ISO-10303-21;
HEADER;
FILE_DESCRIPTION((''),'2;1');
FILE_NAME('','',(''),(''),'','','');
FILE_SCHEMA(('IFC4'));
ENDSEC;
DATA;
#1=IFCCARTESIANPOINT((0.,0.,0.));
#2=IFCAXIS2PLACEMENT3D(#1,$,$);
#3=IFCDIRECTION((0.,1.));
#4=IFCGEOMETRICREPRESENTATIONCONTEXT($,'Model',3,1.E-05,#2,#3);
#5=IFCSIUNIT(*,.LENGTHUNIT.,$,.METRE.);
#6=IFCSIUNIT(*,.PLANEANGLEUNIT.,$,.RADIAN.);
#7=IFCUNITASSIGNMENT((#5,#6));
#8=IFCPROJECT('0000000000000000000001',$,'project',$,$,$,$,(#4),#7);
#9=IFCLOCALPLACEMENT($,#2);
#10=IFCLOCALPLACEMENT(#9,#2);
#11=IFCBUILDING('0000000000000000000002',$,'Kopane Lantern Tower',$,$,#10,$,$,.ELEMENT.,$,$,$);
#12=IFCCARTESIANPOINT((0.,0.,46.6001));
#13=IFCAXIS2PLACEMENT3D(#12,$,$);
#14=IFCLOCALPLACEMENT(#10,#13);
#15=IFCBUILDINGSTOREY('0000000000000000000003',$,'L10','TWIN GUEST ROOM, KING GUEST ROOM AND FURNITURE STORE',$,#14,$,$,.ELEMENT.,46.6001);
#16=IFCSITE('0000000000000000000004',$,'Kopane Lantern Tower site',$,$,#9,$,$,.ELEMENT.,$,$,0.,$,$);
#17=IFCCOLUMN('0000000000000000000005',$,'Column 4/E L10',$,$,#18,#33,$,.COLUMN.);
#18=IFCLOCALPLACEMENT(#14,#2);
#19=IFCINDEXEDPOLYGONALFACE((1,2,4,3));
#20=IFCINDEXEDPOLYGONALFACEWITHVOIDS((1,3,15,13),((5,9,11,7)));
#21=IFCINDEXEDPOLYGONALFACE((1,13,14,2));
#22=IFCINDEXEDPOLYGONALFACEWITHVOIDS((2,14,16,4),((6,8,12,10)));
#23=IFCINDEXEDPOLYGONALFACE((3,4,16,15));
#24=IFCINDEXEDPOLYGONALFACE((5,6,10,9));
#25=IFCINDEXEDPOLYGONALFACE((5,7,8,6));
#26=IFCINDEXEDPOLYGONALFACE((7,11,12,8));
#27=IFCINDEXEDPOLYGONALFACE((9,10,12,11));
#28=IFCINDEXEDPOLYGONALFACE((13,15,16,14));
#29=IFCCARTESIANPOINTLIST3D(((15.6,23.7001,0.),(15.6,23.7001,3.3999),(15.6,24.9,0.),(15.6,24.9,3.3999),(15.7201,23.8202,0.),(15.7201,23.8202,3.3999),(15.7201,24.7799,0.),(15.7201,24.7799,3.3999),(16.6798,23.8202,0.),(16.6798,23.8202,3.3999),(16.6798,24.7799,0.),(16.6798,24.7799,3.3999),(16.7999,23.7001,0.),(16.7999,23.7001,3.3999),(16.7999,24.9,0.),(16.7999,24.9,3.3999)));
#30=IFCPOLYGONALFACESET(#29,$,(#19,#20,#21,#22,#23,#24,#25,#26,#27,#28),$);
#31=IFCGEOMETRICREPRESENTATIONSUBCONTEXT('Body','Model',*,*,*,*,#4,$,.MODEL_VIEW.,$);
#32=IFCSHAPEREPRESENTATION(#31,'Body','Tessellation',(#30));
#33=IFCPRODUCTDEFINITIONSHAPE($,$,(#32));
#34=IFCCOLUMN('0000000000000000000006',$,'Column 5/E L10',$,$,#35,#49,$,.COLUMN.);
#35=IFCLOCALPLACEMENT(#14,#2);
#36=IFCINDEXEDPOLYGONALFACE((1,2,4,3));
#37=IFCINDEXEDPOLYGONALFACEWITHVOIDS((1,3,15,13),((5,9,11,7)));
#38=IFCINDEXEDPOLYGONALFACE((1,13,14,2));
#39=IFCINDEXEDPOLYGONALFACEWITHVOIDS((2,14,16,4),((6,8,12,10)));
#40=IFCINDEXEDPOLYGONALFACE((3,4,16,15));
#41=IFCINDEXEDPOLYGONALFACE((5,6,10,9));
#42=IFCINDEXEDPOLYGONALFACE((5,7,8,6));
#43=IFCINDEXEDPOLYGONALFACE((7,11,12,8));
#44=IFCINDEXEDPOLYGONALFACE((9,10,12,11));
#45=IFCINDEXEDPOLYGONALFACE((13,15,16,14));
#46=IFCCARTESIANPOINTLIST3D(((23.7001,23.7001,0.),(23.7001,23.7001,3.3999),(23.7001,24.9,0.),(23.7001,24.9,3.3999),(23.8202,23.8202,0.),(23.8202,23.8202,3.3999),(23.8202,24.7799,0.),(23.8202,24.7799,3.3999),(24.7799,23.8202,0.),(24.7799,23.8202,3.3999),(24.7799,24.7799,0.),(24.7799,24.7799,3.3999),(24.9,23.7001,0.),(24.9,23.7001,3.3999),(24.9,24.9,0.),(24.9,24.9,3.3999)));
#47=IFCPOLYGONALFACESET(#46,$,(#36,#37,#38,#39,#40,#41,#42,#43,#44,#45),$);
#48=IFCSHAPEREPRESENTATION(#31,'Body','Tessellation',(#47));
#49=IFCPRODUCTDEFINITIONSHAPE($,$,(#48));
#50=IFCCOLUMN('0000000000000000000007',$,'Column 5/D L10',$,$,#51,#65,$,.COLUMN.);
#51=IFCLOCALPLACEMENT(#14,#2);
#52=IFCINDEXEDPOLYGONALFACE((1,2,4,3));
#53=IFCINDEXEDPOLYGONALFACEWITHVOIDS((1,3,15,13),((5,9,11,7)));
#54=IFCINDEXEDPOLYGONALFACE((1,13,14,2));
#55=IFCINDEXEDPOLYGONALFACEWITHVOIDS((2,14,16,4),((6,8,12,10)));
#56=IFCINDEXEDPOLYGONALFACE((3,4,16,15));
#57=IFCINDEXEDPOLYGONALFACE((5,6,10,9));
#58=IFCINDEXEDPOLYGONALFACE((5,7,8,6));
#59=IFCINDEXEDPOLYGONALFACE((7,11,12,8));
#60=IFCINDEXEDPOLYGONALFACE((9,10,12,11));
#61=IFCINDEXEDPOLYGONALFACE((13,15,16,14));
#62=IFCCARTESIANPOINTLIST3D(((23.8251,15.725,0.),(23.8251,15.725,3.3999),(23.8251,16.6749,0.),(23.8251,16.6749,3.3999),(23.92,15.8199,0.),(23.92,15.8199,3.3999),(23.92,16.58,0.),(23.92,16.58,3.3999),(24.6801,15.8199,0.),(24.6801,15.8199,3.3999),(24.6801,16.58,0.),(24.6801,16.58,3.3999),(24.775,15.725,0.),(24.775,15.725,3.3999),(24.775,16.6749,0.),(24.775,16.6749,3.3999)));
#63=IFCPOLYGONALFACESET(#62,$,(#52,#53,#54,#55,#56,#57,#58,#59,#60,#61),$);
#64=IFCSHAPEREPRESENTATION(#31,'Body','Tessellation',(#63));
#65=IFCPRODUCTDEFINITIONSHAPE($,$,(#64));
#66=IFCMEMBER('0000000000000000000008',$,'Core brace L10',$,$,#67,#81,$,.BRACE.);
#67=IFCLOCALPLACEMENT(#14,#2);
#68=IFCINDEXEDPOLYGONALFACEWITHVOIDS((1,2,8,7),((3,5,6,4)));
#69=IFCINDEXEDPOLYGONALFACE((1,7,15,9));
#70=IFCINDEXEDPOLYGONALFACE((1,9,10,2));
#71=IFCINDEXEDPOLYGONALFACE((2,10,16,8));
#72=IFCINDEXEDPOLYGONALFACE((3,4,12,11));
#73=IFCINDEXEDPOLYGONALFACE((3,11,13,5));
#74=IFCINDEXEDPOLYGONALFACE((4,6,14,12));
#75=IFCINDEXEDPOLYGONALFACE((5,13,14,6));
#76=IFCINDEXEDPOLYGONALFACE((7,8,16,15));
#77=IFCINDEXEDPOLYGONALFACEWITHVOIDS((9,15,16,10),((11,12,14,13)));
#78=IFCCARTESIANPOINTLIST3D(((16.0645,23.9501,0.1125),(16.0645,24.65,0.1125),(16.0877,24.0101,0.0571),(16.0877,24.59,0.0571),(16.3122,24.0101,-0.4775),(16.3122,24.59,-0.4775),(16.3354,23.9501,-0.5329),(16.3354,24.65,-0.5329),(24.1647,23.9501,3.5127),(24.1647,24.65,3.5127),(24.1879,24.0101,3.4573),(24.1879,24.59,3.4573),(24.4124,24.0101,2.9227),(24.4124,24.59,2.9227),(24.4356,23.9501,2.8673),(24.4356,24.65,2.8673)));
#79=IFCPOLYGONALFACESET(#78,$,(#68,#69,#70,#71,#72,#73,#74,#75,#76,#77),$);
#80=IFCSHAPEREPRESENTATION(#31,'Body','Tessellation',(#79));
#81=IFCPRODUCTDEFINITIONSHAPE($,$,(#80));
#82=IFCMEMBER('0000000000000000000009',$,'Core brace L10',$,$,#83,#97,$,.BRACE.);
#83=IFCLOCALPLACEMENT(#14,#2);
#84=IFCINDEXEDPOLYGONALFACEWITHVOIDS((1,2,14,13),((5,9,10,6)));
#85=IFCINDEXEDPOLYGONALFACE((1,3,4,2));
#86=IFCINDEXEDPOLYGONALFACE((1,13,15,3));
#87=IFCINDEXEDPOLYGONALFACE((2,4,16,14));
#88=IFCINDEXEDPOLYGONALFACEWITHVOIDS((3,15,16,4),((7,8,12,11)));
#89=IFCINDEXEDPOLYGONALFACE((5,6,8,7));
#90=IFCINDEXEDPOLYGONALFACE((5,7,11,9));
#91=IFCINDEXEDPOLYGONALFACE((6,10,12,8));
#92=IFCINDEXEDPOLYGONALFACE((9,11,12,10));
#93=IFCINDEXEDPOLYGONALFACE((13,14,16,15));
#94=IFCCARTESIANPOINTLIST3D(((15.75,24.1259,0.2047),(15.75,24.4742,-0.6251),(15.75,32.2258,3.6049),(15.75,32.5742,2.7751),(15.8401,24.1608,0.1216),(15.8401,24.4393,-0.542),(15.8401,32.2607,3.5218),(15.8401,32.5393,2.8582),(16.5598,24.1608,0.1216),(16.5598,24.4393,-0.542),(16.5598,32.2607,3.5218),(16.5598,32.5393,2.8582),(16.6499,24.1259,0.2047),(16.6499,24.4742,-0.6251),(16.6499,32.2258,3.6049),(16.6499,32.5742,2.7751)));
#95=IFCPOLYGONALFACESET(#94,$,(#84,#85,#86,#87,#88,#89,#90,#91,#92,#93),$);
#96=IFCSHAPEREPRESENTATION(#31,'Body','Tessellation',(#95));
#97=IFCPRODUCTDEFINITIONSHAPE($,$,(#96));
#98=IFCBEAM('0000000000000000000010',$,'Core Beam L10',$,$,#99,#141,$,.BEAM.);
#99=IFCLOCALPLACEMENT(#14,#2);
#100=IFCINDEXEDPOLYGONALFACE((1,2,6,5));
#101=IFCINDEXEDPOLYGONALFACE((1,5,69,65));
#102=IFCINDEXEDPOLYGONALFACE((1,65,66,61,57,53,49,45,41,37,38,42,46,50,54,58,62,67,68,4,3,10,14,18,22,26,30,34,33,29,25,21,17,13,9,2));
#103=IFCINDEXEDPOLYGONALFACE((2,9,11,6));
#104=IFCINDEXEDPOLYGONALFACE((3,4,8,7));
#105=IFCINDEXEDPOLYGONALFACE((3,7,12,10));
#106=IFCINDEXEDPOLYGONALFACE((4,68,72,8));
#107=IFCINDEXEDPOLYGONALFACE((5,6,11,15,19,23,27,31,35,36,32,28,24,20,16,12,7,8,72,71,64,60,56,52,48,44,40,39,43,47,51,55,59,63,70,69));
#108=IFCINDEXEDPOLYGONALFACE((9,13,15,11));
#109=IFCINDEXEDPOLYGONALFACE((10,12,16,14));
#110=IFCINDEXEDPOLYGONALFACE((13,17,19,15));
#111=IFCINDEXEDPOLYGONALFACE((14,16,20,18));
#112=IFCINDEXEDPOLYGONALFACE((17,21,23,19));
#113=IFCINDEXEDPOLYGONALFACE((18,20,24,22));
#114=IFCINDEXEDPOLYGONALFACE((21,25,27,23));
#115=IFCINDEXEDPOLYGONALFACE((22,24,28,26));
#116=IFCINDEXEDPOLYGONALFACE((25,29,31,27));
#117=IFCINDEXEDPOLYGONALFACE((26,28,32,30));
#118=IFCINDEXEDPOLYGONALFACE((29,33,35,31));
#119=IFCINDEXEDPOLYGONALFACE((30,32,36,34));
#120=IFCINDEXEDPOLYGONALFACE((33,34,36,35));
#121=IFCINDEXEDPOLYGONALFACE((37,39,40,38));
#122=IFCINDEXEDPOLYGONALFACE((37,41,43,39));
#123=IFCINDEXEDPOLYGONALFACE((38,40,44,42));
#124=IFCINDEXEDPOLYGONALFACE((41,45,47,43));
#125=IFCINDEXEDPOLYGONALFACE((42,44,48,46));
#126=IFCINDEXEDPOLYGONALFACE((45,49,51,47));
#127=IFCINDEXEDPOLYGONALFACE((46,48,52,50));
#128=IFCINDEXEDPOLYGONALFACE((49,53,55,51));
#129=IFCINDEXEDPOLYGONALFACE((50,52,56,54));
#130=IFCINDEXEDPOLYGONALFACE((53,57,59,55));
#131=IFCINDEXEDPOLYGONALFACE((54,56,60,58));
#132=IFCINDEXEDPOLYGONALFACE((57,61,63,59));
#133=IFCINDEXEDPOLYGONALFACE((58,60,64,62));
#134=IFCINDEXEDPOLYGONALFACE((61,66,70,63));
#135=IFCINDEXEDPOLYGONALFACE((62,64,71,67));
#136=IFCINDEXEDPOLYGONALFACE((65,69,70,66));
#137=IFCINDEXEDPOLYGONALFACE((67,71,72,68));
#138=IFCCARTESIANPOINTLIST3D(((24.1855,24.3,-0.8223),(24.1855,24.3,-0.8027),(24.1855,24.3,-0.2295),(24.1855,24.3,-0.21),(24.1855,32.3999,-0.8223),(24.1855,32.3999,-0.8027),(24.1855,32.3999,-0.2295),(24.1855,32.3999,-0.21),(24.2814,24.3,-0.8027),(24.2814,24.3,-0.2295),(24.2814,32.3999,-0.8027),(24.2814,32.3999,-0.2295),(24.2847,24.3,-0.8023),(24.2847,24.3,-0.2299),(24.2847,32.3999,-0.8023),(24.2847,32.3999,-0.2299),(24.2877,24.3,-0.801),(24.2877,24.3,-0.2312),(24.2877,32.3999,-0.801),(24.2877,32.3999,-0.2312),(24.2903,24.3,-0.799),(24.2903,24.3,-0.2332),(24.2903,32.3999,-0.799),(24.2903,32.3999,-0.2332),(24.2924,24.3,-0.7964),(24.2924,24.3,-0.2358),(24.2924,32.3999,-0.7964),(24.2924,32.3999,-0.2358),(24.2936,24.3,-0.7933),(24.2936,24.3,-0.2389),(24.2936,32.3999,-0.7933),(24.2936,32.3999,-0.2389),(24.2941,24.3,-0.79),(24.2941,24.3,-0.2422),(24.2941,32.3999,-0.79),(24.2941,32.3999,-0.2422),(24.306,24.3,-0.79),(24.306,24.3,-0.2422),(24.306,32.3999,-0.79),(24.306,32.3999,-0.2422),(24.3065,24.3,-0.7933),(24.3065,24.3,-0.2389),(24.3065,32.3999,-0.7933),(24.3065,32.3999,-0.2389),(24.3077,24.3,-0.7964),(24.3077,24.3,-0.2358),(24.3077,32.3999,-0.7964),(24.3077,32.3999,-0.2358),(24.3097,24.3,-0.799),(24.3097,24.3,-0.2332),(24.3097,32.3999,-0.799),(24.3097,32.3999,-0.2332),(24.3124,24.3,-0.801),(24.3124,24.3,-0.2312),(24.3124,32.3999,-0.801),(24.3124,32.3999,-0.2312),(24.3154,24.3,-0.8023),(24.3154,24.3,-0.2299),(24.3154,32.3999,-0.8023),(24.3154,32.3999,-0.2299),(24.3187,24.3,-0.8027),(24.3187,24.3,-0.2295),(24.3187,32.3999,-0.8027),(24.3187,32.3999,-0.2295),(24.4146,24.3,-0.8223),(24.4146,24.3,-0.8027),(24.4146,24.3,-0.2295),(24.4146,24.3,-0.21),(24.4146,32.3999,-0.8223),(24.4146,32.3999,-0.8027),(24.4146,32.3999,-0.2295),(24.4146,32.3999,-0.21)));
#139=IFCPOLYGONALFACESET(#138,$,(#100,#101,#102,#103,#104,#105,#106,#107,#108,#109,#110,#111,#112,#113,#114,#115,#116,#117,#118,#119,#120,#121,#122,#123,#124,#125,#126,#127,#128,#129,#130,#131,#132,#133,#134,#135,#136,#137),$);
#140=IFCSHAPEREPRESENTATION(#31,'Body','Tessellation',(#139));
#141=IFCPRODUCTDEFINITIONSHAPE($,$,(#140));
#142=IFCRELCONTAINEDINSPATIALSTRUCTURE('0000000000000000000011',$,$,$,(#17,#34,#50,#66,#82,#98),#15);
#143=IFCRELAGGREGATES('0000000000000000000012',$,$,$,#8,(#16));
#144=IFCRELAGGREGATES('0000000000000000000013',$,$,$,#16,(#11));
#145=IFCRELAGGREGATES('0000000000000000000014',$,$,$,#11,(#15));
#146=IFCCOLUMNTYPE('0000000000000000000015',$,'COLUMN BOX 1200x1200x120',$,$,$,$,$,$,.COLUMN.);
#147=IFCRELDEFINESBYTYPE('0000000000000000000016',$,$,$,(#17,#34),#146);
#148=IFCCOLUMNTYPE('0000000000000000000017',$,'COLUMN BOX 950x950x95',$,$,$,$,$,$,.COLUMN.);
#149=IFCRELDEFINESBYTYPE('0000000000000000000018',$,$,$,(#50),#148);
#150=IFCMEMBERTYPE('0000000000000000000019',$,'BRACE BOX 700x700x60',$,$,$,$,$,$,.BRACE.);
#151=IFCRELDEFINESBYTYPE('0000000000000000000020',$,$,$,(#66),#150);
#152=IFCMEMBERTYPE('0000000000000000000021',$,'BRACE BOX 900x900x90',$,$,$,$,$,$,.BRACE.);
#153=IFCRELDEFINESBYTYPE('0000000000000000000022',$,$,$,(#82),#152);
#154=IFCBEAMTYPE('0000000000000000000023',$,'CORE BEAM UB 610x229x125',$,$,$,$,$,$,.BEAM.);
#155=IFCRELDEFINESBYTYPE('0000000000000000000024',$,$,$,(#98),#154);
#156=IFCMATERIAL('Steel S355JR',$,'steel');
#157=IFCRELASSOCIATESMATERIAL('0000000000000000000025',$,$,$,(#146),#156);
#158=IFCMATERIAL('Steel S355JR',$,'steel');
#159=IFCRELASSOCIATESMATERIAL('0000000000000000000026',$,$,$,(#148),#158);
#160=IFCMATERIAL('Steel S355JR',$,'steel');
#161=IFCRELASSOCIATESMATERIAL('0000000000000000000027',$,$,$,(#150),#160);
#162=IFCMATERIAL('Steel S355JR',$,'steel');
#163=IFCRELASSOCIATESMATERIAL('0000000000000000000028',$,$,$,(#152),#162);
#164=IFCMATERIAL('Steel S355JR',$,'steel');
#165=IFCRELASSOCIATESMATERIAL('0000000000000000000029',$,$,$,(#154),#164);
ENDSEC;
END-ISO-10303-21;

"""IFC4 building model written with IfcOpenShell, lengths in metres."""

from ifc_helpers import new_model, si_unit, direction, frame, origin, origin_2d, place, context, subcontext, project, spatial, hollow_rectangle, i_section, extrude, material, material_profile, profile_set, type_object, element, save


model = new_model("IFC4")

# Units and contexts
model_context = context("Model", 3, precision=1e-05, world=origin(), true_north=direction((0.0, 1.0)))
body_context = subcontext(model_context, "Body", "Model", "MODEL_VIEW")
ifc_project = project(units=[si_unit("LENGTHUNIT", "METRE"), si_unit("PLANEANGLEUNIT", "RADIAN")], contexts=[model_context])

# Site, building, storey
site_placement = place(None, origin())
site = spatial("IfcSite", under=ifc_project, at=site_placement, Name="Kopane Lantern Tower site", CompositionType="ELEMENT", RefElevation=0.0)
building_placement = place(site_placement, origin())
building = spatial("IfcBuilding", under=site, at=building_placement, Name="Kopane Lantern Tower", CompositionType="ELEMENT")
storey_placement = place(building_placement, frame((0.0, 0.0, 46.6001)))
storey = spatial("IfcBuildingStorey", under=building, at=storey_placement, Name="L10", Description="TWIN GUEST ROOM, KING GUEST ROOM AND FURNITURE STORE", CompositionType="ELEMENT", Elevation=46.6001)

# Columns
ifc_material_1 = material(Name="Steel S355JR", Category="steel")
ifc_material_profile_1 = material_profile(ifc_material_1, hollow_rectangle(XDim=1.2, YDim=1.2, WallThickness=0.1201, at=origin_2d()), Name="BOX 1200x1200x120")
ifc_profile_set_1 = profile_set([ifc_material_profile_1], Name="Steel S355JR")
column_type_1 = type_object("IfcColumnType", Name="COLUMN BOX 1200x1200x120", PredefinedType="COLUMN", material=ifc_profile_set_1)
for number, where, z_axis, x_axis, name in (
    (1, (16.2, 24.3, 0.0), (0.0, 0.0, 1.0), (1.0, 0.0, 0.0), "Column 4/E L10"),
    (2, (24.3, 24.3, 0.0), (0.0, 0.0, 1.0), (1.0, 0.0, 0.0), "Column 5/E L10"),
):
    element("IfcColumn", number, at=place(storey_placement, frame(where, z_axis=z_axis, x_axis=x_axis)), inside=storey, type_object=column_type_1, Name=name, PredefinedType="COLUMN", context=body_context, shape_type="SweptSolid", body=[
        extrude(hollow_rectangle(XDim=1.2, YDim=1.2, WallThickness=0.1201, at=origin_2d()), origin(), (0.0, 0.0, 1.0), 3.3999),
    ])
ifc_material_2 = material(Name="Steel S355JR", Category="steel")
ifc_material_profile_2 = material_profile(ifc_material_2, hollow_rectangle(XDim=0.95, YDim=0.95, WallThickness=0.095, at=origin_2d()), Name="BOX 950x950x95")
ifc_profile_set_2 = profile_set([ifc_material_profile_2], Name="Steel S355JR")
column_type_2 = type_object("IfcColumnType", Name="COLUMN BOX 950x950x95", PredefinedType="COLUMN", material=ifc_profile_set_2)
column_placement = place(storey_placement, frame((24.3, 16.2, 0.0), z_axis=(0.0, 0.0, 1.0), x_axis=(1.0, 0.0, 0.0)))
element("IfcColumn", 3, at=column_placement, inside=storey, type_object=column_type_2, Name="Column 5/D L10", PredefinedType="COLUMN", context=body_context, shape_type="SweptSolid", body=[
    extrude(hollow_rectangle(XDim=0.95, YDim=0.95, WallThickness=0.095, at=origin_2d()), origin(), (0.0, 0.0, 1.0), 3.3999),
])

# Members
ifc_material_3 = material(Name="Steel S355JR", Category="steel")
ifc_material_profile_3 = material_profile(ifc_material_3, hollow_rectangle(XDim=0.7, YDim=0.7, WallThickness=0.0601, at=origin_2d()), Name="BOX 700x700x60")
ifc_profile_set_3 = profile_set([ifc_material_profile_3], Name="Steel S355JR")
member_type_1 = type_object("IfcMemberType", Name="BRACE BOX 700x700x60", PredefinedType="BRACE", material=ifc_profile_set_3)
member_1_placement = place(storey_placement, frame((16.2, 24.3, -0.2102), z_axis=(0.922059, 0.0, 0.387049), x_axis=(0.0, 1.0, 0.0)))
element("IfcMember", 4, at=member_1_placement, inside=storey, type_object=member_type_1, Name="Core brace L10", PredefinedType="BRACE", context=body_context, shape_type="SweptSolid", body=[
    extrude(hollow_rectangle(XDim=0.7, YDim=0.7, WallThickness=0.0601, at=origin_2d()), origin(), (0.0, 0.0, 1.0), 8.7849),
])
ifc_material_4 = material(Name="Steel S355JR", Category="steel")
ifc_material_profile_4 = material_profile(ifc_material_4, hollow_rectangle(XDim=0.8999, YDim=0.8999, WallThickness=0.0901, at=origin_2d()), Name="BOX 900x900x90")
ifc_profile_set_4 = profile_set([ifc_material_profile_4], Name="Steel S355JR")
member_type_2 = type_object("IfcMemberType", Name="BRACE BOX 900x900x90", PredefinedType="BRACE", material=ifc_profile_set_4)
member_2_placement = place(storey_placement, frame((16.2, 24.3, -0.2102), z_axis=(0.0, 0.922055, 0.387059), x_axis=(-1.0, 0.0, 0.0)))
element("IfcMember", 5, at=member_2_placement, inside=storey, type_object=member_type_2, Name="Core brace L10", PredefinedType="BRACE", context=body_context, shape_type="SweptSolid", body=[
    extrude(hollow_rectangle(XDim=0.8999, YDim=0.8999, WallThickness=0.0901, at=origin_2d()), origin(), (0.0, 0.0, 1.0), 8.7847),
])

# Beam
ifc_material_5 = material(Name="Steel S355JR", Category="steel")
ifc_material_profile_5 = material_profile(ifc_material_5, i_section(OverallWidth=0.229, OverallDepth=0.6123, WebThickness=0.012, FlangeThickness=0.0195, FilletRadius=0.0127, at=origin_2d()), Name="UB 610x229x125")
ifc_profile_set_5 = profile_set([ifc_material_profile_5], Name="Steel S355JR")
beam_type_1 = type_object("IfcBeamType", Name="CORE BEAM UB 610x229x125", PredefinedType="BEAM", material=ifc_profile_set_5)
beam_1_placement = place(storey_placement, frame((24.3, 24.3, -0.5161), z_axis=(0.0, 1.0, 0.0), x_axis=(-1.0, 0.0, 0.0)))
element("IfcBeam", 6, at=beam_1_placement, inside=storey, type_object=beam_type_1, Name="Core Beam L10", PredefinedType="BEAM", context=body_context, shape_type="SweptSolid", body=[
    extrude(i_section(OverallWidth=0.229, OverallDepth=0.6123, WebThickness=0.012, FlangeThickness=0.0195, FilletRadius=0.0127, at=origin_2d()), origin(), (0.0, 0.0, 1.0), 8.0999),
])

save(model, "model.ifc")
